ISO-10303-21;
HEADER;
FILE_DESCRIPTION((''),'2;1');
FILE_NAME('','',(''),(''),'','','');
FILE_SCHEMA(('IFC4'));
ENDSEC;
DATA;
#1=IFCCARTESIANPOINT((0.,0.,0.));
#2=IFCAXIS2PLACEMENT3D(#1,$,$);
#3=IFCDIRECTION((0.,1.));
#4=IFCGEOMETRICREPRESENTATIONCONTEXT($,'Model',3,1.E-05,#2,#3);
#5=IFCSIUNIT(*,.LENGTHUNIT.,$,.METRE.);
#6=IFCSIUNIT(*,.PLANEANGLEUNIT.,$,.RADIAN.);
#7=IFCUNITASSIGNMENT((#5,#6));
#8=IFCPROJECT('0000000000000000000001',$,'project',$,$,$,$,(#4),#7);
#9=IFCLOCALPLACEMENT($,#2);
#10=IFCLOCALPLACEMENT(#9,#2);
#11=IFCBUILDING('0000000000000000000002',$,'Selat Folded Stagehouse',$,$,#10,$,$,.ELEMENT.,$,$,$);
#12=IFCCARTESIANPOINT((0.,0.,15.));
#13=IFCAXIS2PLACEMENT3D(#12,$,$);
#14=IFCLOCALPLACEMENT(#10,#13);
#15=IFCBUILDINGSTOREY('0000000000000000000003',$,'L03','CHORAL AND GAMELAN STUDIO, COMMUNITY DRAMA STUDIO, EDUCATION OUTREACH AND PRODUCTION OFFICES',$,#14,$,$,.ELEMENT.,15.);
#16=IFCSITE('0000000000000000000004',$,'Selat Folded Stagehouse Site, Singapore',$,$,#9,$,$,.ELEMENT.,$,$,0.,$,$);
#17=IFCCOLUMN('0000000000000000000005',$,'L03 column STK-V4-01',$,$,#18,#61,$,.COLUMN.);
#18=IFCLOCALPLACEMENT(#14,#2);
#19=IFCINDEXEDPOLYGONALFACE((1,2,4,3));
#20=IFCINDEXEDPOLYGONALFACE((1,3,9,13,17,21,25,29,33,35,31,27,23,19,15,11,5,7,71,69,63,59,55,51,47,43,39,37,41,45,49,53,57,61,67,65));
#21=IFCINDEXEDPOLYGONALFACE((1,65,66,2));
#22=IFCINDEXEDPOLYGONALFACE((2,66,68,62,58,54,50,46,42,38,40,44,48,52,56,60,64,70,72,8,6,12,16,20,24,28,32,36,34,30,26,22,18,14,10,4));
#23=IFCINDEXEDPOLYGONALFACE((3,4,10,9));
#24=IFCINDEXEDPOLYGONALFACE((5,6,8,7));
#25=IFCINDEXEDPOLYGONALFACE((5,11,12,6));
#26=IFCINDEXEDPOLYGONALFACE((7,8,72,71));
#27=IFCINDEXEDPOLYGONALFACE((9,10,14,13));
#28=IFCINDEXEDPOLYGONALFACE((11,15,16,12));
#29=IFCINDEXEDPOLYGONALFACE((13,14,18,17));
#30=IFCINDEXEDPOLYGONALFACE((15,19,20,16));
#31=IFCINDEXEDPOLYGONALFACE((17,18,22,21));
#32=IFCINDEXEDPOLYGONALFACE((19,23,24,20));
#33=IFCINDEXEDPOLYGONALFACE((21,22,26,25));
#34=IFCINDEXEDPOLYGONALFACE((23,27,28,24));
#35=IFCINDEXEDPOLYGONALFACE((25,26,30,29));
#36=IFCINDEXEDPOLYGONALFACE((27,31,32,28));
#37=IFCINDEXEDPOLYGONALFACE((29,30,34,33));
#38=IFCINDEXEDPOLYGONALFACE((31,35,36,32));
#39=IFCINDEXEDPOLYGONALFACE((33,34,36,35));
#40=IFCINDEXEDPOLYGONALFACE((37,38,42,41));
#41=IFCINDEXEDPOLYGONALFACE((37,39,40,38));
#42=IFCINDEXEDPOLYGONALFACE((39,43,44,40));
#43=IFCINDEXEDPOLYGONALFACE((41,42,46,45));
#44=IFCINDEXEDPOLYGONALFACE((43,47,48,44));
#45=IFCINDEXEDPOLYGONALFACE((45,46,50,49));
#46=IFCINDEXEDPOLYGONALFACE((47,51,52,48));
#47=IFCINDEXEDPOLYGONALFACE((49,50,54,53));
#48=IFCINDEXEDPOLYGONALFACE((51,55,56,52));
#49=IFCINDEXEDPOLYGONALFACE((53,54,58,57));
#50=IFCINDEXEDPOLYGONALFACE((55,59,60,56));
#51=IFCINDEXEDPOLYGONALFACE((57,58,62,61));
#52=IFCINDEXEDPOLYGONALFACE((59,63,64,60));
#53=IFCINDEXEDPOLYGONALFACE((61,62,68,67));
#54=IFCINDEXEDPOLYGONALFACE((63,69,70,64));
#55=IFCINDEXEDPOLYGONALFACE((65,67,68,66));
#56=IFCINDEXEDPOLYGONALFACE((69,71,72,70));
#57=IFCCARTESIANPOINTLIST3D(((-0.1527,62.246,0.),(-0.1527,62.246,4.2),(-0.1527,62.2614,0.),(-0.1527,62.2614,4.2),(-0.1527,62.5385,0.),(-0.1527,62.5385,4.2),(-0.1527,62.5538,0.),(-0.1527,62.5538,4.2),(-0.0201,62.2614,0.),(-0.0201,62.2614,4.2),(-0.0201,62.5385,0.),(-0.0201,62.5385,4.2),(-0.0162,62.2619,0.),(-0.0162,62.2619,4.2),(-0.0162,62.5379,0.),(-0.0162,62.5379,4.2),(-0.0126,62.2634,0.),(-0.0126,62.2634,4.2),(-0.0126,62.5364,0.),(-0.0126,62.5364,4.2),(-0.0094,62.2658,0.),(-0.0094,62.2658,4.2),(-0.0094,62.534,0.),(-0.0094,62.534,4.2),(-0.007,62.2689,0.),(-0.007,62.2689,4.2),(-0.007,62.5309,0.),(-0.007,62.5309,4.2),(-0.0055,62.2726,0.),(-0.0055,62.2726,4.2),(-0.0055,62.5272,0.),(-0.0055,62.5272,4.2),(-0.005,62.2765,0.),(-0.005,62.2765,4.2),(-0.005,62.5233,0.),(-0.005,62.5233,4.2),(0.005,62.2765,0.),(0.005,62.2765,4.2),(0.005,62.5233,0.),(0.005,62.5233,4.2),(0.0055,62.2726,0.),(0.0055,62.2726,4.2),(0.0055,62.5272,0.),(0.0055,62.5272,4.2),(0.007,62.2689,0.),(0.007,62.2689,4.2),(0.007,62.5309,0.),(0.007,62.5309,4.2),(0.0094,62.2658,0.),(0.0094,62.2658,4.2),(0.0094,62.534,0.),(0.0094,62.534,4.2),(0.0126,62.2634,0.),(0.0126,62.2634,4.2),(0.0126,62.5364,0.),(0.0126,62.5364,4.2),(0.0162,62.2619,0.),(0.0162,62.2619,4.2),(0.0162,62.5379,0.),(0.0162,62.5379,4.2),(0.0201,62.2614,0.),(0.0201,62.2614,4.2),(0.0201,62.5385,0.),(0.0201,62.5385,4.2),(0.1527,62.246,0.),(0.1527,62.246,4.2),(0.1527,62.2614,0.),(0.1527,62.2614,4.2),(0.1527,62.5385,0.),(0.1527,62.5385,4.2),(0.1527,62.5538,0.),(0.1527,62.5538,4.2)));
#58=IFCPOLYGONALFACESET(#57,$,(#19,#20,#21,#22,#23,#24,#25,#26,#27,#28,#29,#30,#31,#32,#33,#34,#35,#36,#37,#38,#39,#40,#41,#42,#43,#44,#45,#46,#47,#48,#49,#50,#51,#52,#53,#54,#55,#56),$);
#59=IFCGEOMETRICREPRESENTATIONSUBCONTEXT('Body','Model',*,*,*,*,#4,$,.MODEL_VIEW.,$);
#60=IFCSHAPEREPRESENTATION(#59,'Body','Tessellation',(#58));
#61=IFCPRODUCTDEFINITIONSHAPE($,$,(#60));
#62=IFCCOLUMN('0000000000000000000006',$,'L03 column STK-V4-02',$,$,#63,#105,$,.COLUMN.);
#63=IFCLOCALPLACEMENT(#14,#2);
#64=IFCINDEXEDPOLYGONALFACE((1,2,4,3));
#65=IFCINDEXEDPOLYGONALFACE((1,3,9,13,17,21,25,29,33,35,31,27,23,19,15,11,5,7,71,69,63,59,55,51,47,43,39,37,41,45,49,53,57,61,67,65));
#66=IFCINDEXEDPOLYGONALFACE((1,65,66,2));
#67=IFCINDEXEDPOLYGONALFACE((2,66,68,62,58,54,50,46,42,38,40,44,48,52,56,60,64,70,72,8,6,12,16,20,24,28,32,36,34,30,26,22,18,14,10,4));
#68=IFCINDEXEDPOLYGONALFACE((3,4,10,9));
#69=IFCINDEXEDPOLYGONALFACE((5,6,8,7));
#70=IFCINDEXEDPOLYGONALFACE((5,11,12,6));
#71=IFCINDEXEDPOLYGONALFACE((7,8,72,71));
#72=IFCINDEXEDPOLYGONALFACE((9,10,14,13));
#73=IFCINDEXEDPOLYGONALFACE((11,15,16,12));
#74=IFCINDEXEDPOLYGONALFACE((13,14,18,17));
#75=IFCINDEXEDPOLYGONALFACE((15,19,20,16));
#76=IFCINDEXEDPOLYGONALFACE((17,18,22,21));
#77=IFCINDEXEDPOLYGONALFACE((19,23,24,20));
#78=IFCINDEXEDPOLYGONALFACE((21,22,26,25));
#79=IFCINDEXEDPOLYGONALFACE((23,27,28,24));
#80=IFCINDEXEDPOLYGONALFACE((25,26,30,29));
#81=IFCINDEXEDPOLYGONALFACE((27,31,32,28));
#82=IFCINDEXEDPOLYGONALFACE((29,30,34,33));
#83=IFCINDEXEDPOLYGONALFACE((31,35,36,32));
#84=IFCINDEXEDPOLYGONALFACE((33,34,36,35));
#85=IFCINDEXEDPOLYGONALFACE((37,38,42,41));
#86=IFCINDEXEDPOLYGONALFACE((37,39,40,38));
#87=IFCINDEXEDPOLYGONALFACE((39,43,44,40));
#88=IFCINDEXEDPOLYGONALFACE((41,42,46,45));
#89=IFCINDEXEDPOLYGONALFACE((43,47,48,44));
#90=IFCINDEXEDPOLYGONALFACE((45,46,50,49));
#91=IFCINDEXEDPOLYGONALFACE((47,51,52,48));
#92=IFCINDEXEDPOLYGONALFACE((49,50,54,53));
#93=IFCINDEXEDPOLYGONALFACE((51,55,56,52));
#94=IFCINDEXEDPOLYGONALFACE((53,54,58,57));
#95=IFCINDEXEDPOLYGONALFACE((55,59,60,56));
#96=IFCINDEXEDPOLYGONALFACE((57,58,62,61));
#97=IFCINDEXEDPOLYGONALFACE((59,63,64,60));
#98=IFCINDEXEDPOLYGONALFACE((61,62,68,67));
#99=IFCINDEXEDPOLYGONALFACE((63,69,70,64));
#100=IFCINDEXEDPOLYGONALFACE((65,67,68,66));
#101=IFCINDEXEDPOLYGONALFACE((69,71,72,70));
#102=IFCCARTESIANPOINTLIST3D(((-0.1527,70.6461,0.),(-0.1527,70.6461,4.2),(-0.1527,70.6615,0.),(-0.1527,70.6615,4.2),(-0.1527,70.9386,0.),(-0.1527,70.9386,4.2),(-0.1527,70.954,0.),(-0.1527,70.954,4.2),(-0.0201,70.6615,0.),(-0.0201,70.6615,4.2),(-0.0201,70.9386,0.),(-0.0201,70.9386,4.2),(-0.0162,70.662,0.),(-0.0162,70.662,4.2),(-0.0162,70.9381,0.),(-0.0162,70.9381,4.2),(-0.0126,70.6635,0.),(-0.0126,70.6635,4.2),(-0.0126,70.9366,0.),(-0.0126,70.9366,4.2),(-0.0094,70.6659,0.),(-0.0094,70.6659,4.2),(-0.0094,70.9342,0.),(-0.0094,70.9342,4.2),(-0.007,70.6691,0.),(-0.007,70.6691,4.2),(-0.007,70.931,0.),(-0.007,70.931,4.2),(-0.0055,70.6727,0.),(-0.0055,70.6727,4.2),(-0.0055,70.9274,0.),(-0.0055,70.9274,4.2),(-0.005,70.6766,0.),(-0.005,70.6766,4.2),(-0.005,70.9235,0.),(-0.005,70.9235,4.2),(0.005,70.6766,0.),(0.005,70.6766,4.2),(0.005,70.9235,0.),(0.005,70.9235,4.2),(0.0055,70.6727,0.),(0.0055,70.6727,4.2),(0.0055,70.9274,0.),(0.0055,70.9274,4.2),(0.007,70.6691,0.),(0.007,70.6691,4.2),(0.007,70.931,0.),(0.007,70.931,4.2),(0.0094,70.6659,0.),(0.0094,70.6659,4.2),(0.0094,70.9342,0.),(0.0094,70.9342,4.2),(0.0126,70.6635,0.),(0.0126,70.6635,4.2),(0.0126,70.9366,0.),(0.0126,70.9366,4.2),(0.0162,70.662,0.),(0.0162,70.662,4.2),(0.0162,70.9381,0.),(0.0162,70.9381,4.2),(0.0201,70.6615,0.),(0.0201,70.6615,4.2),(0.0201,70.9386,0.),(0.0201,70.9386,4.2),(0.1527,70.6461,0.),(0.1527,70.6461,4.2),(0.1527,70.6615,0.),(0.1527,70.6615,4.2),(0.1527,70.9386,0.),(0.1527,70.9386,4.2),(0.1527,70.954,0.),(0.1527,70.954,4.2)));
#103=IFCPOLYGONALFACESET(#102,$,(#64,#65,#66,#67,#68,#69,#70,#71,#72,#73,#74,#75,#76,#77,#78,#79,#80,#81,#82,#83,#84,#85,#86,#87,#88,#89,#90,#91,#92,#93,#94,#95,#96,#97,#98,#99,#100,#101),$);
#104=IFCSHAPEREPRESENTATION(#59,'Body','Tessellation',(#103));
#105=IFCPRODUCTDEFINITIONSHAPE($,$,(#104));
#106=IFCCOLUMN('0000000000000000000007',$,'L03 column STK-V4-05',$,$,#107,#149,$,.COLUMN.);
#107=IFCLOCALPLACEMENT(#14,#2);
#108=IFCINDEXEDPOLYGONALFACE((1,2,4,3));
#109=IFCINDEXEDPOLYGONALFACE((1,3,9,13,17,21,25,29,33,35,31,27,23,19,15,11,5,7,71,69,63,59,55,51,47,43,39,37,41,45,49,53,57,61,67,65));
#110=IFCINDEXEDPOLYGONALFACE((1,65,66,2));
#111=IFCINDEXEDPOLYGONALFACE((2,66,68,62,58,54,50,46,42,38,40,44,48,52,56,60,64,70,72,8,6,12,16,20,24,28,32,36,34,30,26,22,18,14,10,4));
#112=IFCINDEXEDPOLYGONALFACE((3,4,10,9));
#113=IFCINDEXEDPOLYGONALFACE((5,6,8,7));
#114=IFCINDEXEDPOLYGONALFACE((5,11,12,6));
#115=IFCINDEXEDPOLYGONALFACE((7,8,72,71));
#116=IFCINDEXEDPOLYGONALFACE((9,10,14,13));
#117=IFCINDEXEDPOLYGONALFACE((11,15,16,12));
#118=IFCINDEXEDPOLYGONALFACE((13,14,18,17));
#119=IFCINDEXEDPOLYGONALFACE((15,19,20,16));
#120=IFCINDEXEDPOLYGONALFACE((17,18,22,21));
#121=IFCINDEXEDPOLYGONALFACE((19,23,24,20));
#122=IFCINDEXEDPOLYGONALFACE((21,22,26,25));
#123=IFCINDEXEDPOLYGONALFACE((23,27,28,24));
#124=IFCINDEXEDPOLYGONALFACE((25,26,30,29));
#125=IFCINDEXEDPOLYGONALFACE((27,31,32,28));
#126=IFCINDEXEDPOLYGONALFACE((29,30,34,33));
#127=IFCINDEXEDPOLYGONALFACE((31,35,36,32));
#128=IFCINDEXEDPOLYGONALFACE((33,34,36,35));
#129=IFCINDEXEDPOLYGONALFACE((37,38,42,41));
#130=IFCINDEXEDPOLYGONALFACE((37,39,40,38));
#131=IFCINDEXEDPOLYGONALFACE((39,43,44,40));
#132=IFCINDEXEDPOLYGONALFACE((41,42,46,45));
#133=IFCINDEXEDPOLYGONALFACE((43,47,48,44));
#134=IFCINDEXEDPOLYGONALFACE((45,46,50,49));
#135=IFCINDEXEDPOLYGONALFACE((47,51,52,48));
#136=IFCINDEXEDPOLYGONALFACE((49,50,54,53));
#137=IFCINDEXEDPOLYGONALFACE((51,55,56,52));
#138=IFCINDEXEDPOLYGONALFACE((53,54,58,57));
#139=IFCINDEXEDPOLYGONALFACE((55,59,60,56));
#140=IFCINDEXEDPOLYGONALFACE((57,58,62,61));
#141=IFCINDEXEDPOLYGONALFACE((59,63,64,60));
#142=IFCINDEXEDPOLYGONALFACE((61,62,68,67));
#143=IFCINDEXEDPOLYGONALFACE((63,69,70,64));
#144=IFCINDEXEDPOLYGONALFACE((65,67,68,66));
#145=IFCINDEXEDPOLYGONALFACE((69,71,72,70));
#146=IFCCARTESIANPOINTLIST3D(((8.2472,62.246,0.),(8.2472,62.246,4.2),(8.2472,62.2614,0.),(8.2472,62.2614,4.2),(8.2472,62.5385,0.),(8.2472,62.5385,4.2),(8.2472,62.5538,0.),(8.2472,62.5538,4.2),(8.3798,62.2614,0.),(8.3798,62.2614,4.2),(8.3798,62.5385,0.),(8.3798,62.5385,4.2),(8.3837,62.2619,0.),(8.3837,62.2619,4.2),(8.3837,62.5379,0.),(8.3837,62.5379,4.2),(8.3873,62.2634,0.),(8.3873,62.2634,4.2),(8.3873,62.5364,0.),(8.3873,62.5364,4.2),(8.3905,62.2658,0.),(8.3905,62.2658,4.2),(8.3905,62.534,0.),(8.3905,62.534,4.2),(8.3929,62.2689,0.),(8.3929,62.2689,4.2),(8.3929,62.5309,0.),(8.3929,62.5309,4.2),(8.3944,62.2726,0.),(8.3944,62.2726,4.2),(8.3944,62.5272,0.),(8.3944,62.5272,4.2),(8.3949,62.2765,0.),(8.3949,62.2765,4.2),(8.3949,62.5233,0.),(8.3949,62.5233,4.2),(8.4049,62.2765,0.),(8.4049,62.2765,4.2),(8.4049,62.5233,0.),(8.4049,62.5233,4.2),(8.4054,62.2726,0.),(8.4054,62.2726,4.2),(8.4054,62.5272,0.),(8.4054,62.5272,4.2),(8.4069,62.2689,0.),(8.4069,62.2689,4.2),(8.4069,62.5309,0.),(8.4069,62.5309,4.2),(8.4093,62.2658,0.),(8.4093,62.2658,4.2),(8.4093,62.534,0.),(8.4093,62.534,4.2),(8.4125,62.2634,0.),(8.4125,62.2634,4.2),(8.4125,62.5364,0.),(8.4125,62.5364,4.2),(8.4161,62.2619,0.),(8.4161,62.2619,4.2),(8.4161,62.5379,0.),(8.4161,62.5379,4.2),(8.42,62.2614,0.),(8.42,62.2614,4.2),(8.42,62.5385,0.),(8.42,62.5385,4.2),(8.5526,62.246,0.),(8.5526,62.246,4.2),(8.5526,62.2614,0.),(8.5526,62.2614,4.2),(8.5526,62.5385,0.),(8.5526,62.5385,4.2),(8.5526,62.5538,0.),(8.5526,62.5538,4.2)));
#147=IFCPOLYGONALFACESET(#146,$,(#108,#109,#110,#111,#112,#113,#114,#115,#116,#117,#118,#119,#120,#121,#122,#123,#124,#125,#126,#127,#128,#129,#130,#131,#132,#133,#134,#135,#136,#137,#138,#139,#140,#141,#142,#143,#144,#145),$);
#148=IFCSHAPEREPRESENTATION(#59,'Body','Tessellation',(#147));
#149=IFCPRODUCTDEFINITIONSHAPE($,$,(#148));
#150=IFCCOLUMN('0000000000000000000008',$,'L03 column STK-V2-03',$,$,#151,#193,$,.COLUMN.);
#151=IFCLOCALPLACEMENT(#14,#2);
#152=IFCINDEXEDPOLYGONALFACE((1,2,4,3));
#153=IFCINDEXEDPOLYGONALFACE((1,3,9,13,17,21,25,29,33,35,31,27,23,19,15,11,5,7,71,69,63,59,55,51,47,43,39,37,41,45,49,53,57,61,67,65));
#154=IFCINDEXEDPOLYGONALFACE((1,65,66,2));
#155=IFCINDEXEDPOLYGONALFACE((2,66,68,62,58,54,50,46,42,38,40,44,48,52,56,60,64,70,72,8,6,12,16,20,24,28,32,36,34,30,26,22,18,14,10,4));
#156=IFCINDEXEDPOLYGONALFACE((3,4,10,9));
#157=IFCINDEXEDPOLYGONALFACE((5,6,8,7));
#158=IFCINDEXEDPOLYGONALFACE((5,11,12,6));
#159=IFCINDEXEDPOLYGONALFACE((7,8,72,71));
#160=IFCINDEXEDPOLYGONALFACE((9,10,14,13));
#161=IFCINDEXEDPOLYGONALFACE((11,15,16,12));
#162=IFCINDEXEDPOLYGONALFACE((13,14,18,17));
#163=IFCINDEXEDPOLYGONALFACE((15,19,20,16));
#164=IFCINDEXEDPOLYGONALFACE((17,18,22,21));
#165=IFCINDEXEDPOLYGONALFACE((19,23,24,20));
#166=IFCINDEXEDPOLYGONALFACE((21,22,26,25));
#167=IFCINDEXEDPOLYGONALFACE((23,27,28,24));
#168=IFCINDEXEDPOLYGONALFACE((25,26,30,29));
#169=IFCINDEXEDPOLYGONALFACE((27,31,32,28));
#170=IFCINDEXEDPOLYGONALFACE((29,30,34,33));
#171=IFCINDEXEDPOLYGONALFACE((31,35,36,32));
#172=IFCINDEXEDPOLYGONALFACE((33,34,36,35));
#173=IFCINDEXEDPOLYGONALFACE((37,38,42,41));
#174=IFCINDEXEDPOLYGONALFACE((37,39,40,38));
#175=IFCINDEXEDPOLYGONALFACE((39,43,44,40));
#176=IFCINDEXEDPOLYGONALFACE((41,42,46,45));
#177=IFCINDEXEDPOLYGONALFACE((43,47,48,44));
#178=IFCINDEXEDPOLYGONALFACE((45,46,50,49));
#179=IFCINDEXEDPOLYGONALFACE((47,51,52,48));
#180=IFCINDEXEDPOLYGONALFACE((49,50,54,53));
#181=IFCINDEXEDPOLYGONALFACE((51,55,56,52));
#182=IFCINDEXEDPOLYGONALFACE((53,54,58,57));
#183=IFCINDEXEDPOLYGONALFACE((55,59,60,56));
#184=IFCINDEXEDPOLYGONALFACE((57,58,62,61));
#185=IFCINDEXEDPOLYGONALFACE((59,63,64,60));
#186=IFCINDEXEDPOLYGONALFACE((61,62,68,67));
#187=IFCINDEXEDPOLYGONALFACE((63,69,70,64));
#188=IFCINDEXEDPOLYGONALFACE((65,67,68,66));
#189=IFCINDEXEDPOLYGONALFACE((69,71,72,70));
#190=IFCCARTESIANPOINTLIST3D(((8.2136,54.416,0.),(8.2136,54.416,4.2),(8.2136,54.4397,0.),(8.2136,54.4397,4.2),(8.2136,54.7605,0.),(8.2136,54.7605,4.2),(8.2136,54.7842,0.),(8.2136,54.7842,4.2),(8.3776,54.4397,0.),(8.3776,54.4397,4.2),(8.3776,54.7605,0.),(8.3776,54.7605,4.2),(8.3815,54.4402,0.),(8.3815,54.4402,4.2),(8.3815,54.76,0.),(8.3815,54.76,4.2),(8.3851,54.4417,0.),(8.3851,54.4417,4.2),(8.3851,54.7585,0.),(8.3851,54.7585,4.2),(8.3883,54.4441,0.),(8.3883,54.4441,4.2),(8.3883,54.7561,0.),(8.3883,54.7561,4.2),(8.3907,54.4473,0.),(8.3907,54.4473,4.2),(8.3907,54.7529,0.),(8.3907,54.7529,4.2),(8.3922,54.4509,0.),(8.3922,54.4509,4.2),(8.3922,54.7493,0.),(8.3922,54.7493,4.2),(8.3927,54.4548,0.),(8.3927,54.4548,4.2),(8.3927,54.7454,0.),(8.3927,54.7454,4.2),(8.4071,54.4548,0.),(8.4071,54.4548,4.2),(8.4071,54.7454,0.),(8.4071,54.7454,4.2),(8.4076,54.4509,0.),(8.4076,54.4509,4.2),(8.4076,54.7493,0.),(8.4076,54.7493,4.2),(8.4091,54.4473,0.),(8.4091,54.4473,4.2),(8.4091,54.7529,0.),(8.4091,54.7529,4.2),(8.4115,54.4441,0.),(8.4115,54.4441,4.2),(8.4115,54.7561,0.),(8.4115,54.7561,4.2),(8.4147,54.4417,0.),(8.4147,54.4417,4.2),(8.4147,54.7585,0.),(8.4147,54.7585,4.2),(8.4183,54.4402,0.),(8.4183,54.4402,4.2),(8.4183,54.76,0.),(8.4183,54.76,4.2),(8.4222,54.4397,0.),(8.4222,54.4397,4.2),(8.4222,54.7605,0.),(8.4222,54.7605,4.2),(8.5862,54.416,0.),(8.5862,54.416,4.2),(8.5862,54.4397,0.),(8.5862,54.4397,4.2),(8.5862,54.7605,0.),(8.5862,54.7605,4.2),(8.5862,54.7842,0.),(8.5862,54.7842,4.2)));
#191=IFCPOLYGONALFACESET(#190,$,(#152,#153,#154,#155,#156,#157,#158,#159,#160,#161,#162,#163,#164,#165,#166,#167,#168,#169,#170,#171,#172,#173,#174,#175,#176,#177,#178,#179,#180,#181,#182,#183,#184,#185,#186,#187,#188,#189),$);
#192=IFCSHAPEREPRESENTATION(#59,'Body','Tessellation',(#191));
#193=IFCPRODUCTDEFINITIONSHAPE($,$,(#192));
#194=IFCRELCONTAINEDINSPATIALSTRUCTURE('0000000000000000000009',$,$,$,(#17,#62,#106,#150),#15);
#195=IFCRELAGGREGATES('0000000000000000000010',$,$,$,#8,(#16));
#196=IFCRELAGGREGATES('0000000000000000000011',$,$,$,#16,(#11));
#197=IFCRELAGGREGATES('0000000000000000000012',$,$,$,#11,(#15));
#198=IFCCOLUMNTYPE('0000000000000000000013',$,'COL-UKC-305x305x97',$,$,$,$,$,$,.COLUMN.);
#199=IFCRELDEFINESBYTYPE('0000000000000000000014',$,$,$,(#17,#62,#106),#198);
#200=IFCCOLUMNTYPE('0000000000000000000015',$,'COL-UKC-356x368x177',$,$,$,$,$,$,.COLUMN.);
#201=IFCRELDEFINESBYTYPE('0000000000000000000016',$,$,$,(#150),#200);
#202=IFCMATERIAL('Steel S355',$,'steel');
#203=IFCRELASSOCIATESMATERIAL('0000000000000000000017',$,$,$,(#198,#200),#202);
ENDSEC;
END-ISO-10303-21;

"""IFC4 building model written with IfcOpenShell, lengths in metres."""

from ifc_helpers import new_model, si_unit, direction, frame, origin, origin_2d, place, context, subcontext, project, spatial, i_section, extrude, material, material_profile, profile_set, type_object, element, save


model = new_model("IFC4")

# Units and contexts
model_context = context("Model", 3, precision=1e-05, world=origin(), true_north=direction((0.0, 1.0)))
body_context = subcontext(model_context, "Body", "Model", "MODEL_VIEW")
ifc_project = project(units=[si_unit("LENGTHUNIT", "METRE"), si_unit("PLANEANGLEUNIT", "RADIAN")], contexts=[model_context])

# Site, building, storey
site_placement = place(None, origin())
site = spatial("IfcSite", under=ifc_project, at=site_placement, Name="Selat Folded Stagehouse Site, Singapore", CompositionType="ELEMENT", RefElevation=0.0)
building_placement = place(site_placement, origin())
building = spatial("IfcBuilding", under=site, at=building_placement, Name="Selat Folded Stagehouse", CompositionType="ELEMENT")
storey_placement = place(building_placement, frame((0.0, 0.0, 15.0)))
storey = spatial("IfcBuildingStorey", under=building, at=storey_placement, Name="L03", Description="CHORAL AND GAMELAN STUDIO, COMMUNITY DRAMA STUDIO, EDUCATION OUTREACH AND PRODUCTION OFFICES", CompositionType="ELEMENT", Elevation=15.0)

# Columns
ifc_material_1 = material(Name="Steel S355", Category="steel")
ifc_material_profile_1 = material_profile(ifc_material_1, i_section(OverallWidth=0.3054, OverallDepth=0.3079, WebThickness=0.01, FlangeThickness=0.0154, FilletRadius=0.0151, at=origin_2d()), Name="UKC 305x305x97")
ifc_profile_set_1 = profile_set([ifc_material_profile_1], Name="Steel S355")
column_type_1 = type_object("IfcColumnType", Name="COL-UKC-305x305x97", PredefinedType="COLUMN", material=ifc_profile_set_1)
for number, where, z_axis, x_axis, name in (
    (1, (0.0, 62.3999, 0.0), (0.0, 0.0, 1.0), (1.0, 0.0, 0.0), "L03 column STK-V4-01"),
    (2, (0.0, 70.8, 0.0), (0.0, 0.0, 1.0), (1.0, 0.0, 0.0), "L03 column STK-V4-02"),
    (3, (8.3999, 62.3999, 0.0), (0.0, 0.0, 1.0), (1.0, 0.0, 0.0), "L03 column STK-V4-05"),
):
    element("IfcColumn", number, at=place(storey_placement, frame(where, z_axis=z_axis, x_axis=x_axis)), inside=storey, type_object=column_type_1, Name=name, PredefinedType="COLUMN", context=body_context, shape_type="SweptSolid", body=[
        extrude(i_section(OverallWidth=0.3054, OverallDepth=0.3079, WebThickness=0.01, FlangeThickness=0.0154, FilletRadius=0.0151, at=origin_2d()), origin(), (0.0, 0.0, 1.0), 4.2),
    ])
ifc_material_profile_2 = material_profile(ifc_material_1, i_section(OverallWidth=0.3726, OverallDepth=0.3682, WebThickness=0.0144, FlangeThickness=0.0237, FilletRadius=0.0151, at=origin_2d()), Name="UKC 356x368x177")
ifc_profile_set_2 = profile_set([ifc_material_profile_2], Name="Steel S355")
column_type_2 = type_object("IfcColumnType", Name="COL-UKC-356x368x177", PredefinedType="COLUMN", material=ifc_profile_set_2)
for number, where, z_axis, x_axis, name in (
    (4, (8.3999, 54.6001, 0.0), (0.0, 0.0, 1.0), (1.0, 0.0, 0.0), "L03 column STK-V2-03"),
):
    element("IfcColumn", number, at=place(storey_placement, frame(where, z_axis=z_axis, x_axis=x_axis)), inside=storey, type_object=column_type_2, Name=name, PredefinedType="COLUMN", context=body_context, shape_type="SweptSolid", body=[
        extrude(i_section(OverallWidth=0.3726, OverallDepth=0.3682, WebThickness=0.0144, FlangeThickness=0.0237, FilletRadius=0.0151, at=origin_2d()), origin(), (0.0, 0.0, 1.0), 4.2),
    ])

save(model, "model.ifc")
